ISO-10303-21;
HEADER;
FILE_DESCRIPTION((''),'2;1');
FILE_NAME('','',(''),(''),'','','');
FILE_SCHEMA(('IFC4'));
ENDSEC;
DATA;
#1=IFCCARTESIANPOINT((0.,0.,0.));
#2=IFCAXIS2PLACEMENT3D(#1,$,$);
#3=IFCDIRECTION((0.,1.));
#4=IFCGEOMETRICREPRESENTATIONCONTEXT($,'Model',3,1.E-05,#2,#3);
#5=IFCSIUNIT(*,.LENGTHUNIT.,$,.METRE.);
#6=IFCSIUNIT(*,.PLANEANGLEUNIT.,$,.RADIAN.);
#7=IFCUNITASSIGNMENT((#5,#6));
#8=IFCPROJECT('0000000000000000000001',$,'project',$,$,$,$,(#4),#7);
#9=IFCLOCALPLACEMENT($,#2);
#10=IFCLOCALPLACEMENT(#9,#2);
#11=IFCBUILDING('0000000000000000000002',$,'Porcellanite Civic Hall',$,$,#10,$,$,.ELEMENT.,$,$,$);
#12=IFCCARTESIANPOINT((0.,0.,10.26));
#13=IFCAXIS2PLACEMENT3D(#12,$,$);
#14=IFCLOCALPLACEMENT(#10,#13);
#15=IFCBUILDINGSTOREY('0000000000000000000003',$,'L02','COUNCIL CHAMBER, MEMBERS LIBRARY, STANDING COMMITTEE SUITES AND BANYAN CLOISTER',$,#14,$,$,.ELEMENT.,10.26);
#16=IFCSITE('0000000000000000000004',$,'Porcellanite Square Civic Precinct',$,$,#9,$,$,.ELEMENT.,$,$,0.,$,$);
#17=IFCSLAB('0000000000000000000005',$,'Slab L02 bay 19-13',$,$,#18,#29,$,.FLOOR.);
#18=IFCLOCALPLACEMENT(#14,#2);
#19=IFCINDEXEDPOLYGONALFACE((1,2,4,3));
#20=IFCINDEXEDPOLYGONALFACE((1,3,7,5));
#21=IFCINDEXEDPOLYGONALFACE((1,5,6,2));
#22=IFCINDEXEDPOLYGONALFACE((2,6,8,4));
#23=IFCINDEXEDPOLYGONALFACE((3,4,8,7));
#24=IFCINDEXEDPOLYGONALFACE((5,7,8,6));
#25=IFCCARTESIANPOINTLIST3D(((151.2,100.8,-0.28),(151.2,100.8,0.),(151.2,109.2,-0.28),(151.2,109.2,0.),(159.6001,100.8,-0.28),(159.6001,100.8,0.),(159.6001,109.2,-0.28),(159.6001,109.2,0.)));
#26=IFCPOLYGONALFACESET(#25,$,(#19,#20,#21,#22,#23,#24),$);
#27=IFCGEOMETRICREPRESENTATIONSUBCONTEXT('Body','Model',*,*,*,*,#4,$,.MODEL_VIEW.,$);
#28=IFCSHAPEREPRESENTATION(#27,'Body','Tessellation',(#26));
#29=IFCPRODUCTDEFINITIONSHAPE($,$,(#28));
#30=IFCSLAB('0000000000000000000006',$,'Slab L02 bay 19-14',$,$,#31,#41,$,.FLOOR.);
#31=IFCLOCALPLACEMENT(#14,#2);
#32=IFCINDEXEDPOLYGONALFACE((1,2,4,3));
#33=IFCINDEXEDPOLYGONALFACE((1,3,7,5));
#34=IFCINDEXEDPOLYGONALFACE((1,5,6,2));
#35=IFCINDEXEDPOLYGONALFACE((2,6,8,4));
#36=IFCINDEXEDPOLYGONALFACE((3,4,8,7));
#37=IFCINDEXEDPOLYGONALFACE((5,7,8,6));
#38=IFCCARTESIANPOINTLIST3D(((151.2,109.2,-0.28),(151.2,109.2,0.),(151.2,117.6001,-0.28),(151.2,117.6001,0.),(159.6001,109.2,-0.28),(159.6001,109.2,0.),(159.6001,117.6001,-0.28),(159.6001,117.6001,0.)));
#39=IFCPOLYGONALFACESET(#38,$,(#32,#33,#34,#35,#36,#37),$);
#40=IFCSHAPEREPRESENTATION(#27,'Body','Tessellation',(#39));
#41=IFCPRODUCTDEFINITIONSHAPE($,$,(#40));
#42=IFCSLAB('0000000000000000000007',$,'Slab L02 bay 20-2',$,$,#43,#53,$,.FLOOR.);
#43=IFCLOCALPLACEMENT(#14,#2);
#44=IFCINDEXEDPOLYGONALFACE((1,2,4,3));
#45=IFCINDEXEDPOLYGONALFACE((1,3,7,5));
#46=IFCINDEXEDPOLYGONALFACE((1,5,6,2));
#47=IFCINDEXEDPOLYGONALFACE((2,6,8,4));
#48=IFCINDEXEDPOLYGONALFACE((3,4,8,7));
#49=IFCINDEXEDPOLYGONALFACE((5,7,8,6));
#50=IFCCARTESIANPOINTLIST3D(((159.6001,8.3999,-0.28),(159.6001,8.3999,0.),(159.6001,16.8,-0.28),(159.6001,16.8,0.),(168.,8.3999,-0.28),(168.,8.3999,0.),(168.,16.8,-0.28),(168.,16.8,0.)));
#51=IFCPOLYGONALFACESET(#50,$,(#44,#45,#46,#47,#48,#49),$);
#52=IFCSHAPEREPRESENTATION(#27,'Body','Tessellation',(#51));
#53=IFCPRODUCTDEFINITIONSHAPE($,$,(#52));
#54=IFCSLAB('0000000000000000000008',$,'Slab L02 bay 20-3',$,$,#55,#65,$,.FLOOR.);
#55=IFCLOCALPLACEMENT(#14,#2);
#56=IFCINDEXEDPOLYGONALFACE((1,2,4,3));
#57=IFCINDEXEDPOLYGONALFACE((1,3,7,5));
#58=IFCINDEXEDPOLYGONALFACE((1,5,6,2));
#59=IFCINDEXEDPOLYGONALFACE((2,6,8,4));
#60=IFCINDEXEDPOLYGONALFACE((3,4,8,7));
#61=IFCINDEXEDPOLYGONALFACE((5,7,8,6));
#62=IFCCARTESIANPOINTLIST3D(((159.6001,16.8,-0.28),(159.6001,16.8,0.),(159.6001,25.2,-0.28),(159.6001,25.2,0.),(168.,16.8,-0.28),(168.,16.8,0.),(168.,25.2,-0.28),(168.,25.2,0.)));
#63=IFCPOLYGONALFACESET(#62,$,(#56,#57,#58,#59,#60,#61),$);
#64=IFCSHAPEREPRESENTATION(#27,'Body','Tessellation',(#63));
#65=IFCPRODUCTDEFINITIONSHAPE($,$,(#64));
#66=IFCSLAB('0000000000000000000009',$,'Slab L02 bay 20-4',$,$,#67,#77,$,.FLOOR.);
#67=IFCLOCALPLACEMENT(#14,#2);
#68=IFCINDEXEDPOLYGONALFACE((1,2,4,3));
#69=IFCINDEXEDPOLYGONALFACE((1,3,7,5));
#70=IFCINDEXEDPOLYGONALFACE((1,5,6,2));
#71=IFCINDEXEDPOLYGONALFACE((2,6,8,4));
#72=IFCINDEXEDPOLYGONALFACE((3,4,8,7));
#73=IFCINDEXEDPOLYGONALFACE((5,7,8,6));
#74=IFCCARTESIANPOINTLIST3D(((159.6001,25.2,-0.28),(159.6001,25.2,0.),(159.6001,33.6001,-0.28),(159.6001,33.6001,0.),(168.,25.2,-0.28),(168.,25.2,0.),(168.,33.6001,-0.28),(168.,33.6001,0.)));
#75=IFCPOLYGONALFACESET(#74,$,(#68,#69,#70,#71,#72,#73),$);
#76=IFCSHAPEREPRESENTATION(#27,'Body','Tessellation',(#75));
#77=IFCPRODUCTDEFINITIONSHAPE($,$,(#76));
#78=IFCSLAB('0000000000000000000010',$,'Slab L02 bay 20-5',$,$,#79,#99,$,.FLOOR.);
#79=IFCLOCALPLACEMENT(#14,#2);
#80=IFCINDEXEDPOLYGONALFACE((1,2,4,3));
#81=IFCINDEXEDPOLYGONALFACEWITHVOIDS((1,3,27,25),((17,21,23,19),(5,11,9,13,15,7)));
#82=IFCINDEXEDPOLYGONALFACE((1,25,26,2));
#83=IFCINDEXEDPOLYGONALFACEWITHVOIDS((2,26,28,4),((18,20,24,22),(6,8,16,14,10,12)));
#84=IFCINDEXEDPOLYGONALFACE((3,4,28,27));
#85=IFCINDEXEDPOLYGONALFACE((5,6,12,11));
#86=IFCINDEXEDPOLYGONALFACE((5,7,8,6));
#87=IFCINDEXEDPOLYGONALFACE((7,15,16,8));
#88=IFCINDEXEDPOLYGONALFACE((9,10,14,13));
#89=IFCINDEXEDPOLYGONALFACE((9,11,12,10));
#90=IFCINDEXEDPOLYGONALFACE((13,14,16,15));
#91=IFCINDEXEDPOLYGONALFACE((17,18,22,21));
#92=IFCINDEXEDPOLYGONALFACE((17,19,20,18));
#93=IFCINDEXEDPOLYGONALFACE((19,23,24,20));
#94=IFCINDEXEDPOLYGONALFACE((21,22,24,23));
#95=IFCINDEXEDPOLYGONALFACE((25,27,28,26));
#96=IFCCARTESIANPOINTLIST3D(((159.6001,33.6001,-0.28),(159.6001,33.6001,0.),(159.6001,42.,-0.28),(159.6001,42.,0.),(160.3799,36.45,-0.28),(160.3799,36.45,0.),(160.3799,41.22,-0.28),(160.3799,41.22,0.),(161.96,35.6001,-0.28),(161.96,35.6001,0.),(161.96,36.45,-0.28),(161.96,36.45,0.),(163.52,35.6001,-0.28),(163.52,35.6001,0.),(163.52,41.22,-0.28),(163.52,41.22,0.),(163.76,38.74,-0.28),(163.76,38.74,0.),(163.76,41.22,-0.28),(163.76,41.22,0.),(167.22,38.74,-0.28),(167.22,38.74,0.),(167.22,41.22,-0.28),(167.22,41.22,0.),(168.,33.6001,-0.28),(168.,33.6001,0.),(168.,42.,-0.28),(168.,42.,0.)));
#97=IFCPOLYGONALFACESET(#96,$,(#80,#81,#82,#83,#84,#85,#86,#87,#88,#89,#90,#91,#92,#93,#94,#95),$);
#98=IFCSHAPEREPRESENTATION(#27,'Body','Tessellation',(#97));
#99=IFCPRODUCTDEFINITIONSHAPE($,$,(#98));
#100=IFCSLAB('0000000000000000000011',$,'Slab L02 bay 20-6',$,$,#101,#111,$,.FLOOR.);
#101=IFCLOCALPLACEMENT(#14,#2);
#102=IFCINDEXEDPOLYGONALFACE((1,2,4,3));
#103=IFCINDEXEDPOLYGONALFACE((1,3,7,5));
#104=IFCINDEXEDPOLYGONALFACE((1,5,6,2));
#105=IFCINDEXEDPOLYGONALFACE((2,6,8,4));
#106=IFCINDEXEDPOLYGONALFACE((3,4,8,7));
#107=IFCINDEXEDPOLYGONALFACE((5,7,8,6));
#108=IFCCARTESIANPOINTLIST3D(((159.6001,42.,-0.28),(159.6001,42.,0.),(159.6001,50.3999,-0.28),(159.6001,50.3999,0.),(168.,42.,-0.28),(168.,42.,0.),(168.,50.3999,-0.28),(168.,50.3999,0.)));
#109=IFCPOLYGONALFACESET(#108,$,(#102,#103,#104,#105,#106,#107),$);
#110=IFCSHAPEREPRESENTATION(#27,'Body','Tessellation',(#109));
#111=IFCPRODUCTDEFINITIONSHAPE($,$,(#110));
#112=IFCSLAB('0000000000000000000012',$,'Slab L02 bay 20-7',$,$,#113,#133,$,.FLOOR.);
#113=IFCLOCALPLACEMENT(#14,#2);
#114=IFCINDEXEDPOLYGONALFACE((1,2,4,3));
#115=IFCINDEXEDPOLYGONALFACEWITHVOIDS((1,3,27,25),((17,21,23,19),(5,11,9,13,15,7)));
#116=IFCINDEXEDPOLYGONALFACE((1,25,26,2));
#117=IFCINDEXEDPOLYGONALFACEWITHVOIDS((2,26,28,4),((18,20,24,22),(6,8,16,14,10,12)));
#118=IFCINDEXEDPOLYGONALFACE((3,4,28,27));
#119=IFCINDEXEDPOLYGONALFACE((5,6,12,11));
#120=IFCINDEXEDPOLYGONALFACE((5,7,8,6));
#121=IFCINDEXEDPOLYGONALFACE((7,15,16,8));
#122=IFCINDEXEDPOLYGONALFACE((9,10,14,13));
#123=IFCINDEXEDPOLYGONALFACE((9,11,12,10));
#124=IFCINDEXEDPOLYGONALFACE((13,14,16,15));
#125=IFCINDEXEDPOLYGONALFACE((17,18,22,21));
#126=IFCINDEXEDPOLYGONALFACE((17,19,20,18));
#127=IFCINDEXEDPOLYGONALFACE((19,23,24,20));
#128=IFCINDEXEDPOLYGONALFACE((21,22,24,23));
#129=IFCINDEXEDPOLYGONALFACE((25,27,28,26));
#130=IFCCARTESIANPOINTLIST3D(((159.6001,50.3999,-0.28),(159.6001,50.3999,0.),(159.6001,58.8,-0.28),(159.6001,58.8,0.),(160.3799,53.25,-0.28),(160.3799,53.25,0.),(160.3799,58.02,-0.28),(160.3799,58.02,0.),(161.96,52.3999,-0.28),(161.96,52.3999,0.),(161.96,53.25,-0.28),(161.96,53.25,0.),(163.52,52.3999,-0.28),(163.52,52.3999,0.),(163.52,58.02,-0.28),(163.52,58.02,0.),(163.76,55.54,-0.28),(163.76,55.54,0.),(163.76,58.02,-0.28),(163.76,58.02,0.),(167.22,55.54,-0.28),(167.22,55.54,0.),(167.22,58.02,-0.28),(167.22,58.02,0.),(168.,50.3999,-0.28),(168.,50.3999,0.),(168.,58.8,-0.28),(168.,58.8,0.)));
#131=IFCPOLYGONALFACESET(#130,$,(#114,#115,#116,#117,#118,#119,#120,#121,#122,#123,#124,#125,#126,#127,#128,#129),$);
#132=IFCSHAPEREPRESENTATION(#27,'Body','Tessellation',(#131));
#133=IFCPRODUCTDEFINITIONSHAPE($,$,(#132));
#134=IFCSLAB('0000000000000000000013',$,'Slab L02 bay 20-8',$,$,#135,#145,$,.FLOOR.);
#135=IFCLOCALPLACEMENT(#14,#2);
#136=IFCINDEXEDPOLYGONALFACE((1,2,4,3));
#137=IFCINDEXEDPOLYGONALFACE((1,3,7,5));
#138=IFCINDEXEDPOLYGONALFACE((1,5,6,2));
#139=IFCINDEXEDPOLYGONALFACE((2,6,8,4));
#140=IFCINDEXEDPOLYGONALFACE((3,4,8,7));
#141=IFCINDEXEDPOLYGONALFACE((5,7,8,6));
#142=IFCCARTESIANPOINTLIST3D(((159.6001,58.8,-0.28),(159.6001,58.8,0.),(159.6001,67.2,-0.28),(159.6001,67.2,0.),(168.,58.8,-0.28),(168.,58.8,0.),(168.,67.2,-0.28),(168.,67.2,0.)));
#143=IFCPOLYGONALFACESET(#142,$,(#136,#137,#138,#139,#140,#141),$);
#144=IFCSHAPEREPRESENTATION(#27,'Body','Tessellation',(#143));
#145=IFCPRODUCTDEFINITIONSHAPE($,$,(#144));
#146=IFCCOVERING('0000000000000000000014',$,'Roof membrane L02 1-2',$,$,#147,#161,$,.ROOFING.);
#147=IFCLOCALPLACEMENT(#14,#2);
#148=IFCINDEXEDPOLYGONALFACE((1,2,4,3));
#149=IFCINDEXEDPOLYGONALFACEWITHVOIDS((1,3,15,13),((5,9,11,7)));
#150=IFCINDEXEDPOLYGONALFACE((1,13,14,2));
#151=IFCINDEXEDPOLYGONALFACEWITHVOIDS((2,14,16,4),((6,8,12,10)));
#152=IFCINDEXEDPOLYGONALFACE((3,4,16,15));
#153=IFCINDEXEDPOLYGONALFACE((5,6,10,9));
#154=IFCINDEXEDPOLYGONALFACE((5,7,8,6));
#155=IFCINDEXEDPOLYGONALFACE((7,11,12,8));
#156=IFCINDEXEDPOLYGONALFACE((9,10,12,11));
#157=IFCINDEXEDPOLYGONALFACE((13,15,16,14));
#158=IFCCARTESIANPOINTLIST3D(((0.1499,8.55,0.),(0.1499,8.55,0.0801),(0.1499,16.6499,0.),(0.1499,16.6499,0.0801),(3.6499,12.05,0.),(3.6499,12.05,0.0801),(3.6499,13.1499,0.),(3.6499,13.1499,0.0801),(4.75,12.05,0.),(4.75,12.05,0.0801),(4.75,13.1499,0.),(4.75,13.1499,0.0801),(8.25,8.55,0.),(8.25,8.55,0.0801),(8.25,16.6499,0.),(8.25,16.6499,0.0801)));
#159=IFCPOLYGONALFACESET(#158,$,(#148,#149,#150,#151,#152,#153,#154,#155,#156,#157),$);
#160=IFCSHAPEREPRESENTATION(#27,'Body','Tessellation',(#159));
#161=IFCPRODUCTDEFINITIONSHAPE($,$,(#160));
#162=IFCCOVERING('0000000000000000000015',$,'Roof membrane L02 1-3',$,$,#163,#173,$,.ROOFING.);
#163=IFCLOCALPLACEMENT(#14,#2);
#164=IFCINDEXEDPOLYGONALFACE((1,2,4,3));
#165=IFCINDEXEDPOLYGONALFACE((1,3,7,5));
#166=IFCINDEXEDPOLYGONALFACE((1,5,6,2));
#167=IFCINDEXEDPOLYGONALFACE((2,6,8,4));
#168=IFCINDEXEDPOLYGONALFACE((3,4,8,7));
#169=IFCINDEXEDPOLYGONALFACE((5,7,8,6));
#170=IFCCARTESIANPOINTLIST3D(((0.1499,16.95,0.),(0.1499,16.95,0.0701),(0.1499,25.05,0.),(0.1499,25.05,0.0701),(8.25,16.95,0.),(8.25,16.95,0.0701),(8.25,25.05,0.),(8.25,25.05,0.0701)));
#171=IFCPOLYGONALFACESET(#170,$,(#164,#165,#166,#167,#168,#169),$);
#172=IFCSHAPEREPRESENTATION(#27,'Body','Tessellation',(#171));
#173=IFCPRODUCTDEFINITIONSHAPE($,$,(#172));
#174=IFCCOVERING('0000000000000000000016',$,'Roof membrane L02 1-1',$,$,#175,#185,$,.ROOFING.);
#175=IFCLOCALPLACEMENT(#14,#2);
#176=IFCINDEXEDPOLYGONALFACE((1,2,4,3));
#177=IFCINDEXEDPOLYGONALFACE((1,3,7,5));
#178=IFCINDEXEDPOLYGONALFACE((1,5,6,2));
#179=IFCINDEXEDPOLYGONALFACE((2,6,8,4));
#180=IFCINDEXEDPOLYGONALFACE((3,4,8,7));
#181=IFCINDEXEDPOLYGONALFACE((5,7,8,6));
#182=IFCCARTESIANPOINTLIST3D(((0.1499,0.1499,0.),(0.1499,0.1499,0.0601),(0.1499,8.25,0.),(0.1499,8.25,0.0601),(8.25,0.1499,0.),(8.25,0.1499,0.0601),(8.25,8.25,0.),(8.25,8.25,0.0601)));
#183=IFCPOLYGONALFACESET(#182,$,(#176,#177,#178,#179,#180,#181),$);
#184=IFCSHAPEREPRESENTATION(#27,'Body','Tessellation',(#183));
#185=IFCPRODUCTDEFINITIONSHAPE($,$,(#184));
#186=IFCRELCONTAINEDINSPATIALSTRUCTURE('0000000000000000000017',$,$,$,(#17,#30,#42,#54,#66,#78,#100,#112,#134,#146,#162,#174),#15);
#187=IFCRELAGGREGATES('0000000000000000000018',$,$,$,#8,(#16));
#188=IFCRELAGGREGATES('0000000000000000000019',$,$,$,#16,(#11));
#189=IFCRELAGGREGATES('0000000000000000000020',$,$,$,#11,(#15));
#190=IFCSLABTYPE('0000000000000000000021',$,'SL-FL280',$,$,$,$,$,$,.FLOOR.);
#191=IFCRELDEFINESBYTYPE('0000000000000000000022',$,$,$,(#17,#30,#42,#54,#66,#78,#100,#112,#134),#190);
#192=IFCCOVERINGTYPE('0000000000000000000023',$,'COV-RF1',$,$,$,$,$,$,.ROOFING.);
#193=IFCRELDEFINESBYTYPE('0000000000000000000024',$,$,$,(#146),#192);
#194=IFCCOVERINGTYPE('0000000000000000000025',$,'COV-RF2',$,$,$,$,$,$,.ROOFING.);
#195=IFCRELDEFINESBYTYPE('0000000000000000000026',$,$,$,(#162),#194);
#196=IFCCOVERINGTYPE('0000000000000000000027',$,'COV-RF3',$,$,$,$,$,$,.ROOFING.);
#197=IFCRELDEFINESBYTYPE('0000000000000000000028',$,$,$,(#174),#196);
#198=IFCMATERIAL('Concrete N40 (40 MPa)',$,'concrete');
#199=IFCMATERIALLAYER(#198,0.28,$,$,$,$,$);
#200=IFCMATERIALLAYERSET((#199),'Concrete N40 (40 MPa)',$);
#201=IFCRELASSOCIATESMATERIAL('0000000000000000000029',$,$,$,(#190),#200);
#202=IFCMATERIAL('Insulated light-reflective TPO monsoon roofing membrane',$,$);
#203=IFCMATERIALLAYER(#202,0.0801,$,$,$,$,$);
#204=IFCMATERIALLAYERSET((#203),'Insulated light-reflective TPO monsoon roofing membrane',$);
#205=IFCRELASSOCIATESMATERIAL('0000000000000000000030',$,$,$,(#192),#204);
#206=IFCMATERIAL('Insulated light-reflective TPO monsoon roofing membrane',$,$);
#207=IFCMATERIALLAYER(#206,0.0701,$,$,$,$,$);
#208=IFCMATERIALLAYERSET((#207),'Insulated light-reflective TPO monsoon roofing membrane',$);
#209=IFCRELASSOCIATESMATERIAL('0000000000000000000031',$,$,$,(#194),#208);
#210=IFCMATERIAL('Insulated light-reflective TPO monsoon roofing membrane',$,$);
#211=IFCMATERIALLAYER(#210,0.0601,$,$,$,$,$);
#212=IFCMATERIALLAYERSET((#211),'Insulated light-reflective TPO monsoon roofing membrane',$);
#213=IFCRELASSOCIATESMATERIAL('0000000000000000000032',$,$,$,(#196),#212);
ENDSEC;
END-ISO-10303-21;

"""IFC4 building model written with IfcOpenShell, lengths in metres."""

from ifc_helpers import new_model, si_unit, direction, frame, origin, place, context, subcontext, project, spatial, polyline, outline, extrude, material, layer, layer_set, type_object, element, save


model = new_model("IFC4")

# Units and contexts
model_context = context("Model", 3, precision=1e-05, world=origin(), true_north=direction((0.0, 1.0)))
body_context = subcontext(model_context, "Body", "Model", "MODEL_VIEW")
ifc_project = project(units=[si_unit("LENGTHUNIT", "METRE"), si_unit("PLANEANGLEUNIT", "RADIAN")], contexts=[model_context])

# Site, building, storey
site_placement = place(None, origin())
site = spatial("IfcSite", under=ifc_project, at=site_placement, Name="Porcellanite Square Civic Precinct", CompositionType="ELEMENT", RefElevation=0.0)
building_placement = place(site_placement, origin())
building = spatial("IfcBuilding", under=site, at=building_placement, Name="Porcellanite Civic Hall", CompositionType="ELEMENT")
storey_placement = place(building_placement, frame((0.0, 0.0, 10.26)))
storey = spatial("IfcBuildingStorey", under=building, at=storey_placement, Name="L02", Description="COUNCIL CHAMBER, MEMBERS LIBRARY, STANDING COMMITTEE SUITES AND BANYAN CLOISTER", CompositionType="ELEMENT", Elevation=10.26)

# Slabs
ifc_material_1 = material(Name="Concrete N40 (40 MPa)", Category="concrete")
ifc_layer_1 = layer(ifc_material_1, 0.28)
ifc_layer_set_1 = layer_set([ifc_layer_1], Name="Concrete N40 (40 MPa)")
slab_type = type_object("IfcSlabType", Name="SL-FL280", PredefinedType="FLOOR", material=ifc_layer_set_1)
slab_1_placement = place(storey_placement, frame((0.0, 0.0, -0.28)))
element("IfcSlab", 1, at=slab_1_placement, inside=storey, type_object=slab_type, Name="Slab L02 bay 19-13", PredefinedType="FLOOR", context=body_context, shape_type="SweptSolid", body=[
    extrude(outline(polyline([(151.2, 100.8), (159.6001, 100.8), (159.6001, 109.2), (151.2, 109.2), (151.2, 100.8)])), origin(), (0.0, 0.0, 1.0), 0.28),
])
slab_2_placement = place(storey_placement, frame((0.0, 0.0, -0.28)))
element("IfcSlab", 2, at=slab_2_placement, inside=storey, type_object=slab_type, Name="Slab L02 bay 19-14", PredefinedType="FLOOR", context=body_context, shape_type="SweptSolid", body=[
    extrude(outline(polyline([(151.2, 109.2), (159.6001, 109.2), (159.6001, 117.6001), (151.2, 117.6001), (151.2, 109.2)])), origin(), (0.0, 0.0, 1.0), 0.28),
])
slab_3_placement = place(storey_placement, frame((0.0, 0.0, -0.28)))
element("IfcSlab", 3, at=slab_3_placement, inside=storey, type_object=slab_type, Name="Slab L02 bay 20-2", PredefinedType="FLOOR", context=body_context, shape_type="SweptSolid", body=[
    extrude(outline(polyline([(159.6001, 8.3999), (168.0, 8.3999), (168.0, 16.8), (159.6001, 16.8), (159.6001, 8.3999)])), origin(), (0.0, 0.0, 1.0), 0.28),
])
slab_4_placement = place(storey_placement, frame((0.0, 0.0, -0.28)))
element("IfcSlab", 4, at=slab_4_placement, inside=storey, type_object=slab_type, Name="Slab L02 bay 20-3", PredefinedType="FLOOR", context=body_context, shape_type="SweptSolid", body=[
    extrude(outline(polyline([(159.6001, 16.8), (168.0, 16.8), (168.0, 25.2), (159.6001, 25.2), (159.6001, 16.8)])), origin(), (0.0, 0.0, 1.0), 0.28),
])
slab_5_placement = place(storey_placement, frame((0.0, 0.0, -0.28)))
element("IfcSlab", 5, at=slab_5_placement, inside=storey, type_object=slab_type, Name="Slab L02 bay 20-4", PredefinedType="FLOOR", context=body_context, shape_type="SweptSolid", body=[
    extrude(outline(polyline([(159.6001, 25.2), (168.0, 25.2), (168.0, 33.6001), (159.6001, 33.6001), (159.6001, 25.2)])), origin(), (0.0, 0.0, 1.0), 0.28),
])
slab_6_placement = place(storey_placement, frame((0.0, 0.0, -0.28)))
element("IfcSlab", 6, at=slab_6_placement, inside=storey, type_object=slab_type, Name="Slab L02 bay 20-5", PredefinedType="FLOOR", context=body_context, shape_type="SweptSolid", body=[
    extrude(outline(polyline([(159.6001, 33.6001), (168.0, 33.6001), (168.0, 42.0), (159.6001, 42.0), (159.6001, 33.6001)]), holes=[polyline([(160.3799, 36.45), (161.96, 36.45), (161.96, 35.6001), (163.52, 35.6001), (163.52, 41.22), (160.3799, 41.22), (160.3799, 36.45)]), polyline([(163.76, 38.74), (167.22, 38.74), (167.22, 41.22), (163.76, 41.22), (163.76, 38.74)])]), origin(), (0.0, 0.0, 1.0), 0.28),
])
slab_7_placement = place(storey_placement, frame((0.0, 0.0, -0.28)))
element("IfcSlab", 7, at=slab_7_placement, inside=storey, type_object=slab_type, Name="Slab L02 bay 20-6", PredefinedType="FLOOR", context=body_context, shape_type="SweptSolid", body=[
    extrude(outline(polyline([(159.6001, 42.0), (168.0, 42.0), (168.0, 50.3999), (159.6001, 50.3999), (159.6001, 42.0)])), origin(), (0.0, 0.0, 1.0), 0.28),
])
slab_8_placement = place(storey_placement, frame((0.0, 0.0, -0.28)))
element("IfcSlab", 8, at=slab_8_placement, inside=storey, type_object=slab_type, Name="Slab L02 bay 20-7", PredefinedType="FLOOR", context=body_context, shape_type="SweptSolid", body=[
    extrude(outline(polyline([(159.6001, 50.3999), (168.0, 50.3999), (168.0, 58.8), (159.6001, 58.8), (159.6001, 50.3999)]), holes=[polyline([(160.3799, 53.25), (161.96, 53.25), (161.96, 52.3999), (163.52, 52.3999), (163.52, 58.02), (160.3799, 58.02), (160.3799, 53.25)]), polyline([(163.76, 55.54), (167.22, 55.54), (167.22, 58.02), (163.76, 58.02), (163.76, 55.54)])]), origin(), (0.0, 0.0, 1.0), 0.28),
])
slab_9_placement = place(storey_placement, frame((0.0, 0.0, -0.28)))
element("IfcSlab", 9, at=slab_9_placement, inside=storey, type_object=slab_type, Name="Slab L02 bay 20-8", PredefinedType="FLOOR", context=body_context, shape_type="SweptSolid", body=[
    extrude(outline(polyline([(159.6001, 58.8), (168.0, 58.8), (168.0, 67.2), (159.6001, 67.2), (159.6001, 58.8)])), origin(), (0.0, 0.0, 1.0), 0.28),
])

# Coverings
ifc_material_2 = material(Name="Insulated light-reflective TPO monsoon roofing membrane")
ifc_layer_2 = layer(ifc_material_2, 0.0801)
ifc_layer_set_2 = layer_set([ifc_layer_2], Name="Insulated light-reflective TPO monsoon roofing membrane")
covering_type_1 = type_object("IfcCoveringType", Name="COV-RF1", PredefinedType="ROOFING", material=ifc_layer_set_2)
covering_1_placement = place(storey_placement, origin())
element("IfcCovering", 10, at=covering_1_placement, inside=storey, type_object=covering_type_1, Name="Roof membrane L02 1-2", PredefinedType="ROOFING", context=body_context, shape_type="SweptSolid", body=[
    extrude(outline(polyline([(0.1499, 8.55), (8.25, 8.55), (8.25, 16.6499), (0.1499, 16.6499), (0.1499, 8.55)]), holes=[polyline([(3.6499, 12.05), (4.75, 12.05), (4.75, 13.1499), (3.6499, 13.1499), (3.6499, 12.05)])]), origin(), (0.0, 0.0, 1.0), 0.0801),
])
ifc_material_3 = material(Name="Insulated light-reflective TPO monsoon roofing membrane")
ifc_layer_3 = layer(ifc_material_3, 0.0701)
ifc_layer_set_3 = layer_set([ifc_layer_3], Name="Insulated light-reflective TPO monsoon roofing membrane")
covering_type_2 = type_object("IfcCoveringType", Name="COV-RF2", PredefinedType="ROOFING", material=ifc_layer_set_3)
covering_2_placement = place(storey_placement, origin())
element("IfcCovering", 11, at=covering_2_placement, inside=storey, type_object=covering_type_2, Name="Roof membrane L02 1-3", PredefinedType="ROOFING", context=body_context, shape_type="SweptSolid", body=[
    extrude(outline(polyline([(0.1499, 16.95), (8.25, 16.95), (8.25, 25.05), (0.1499, 25.05), (0.1499, 16.95)])), origin(), (0.0, 0.0, 1.0), 0.0701),
])
ifc_material_4 = material(Name="Insulated light-reflective TPO monsoon roofing membrane")
ifc_layer_4 = layer(ifc_material_4, 0.0601)
ifc_layer_set_4 = layer_set([ifc_layer_4], Name="Insulated light-reflective TPO monsoon roofing membrane")
covering_type_3 = type_object("IfcCoveringType", Name="COV-RF3", PredefinedType="ROOFING", material=ifc_layer_set_4)
covering_3_placement = place(storey_placement, origin())
element("IfcCovering", 12, at=covering_3_placement, inside=storey, type_object=covering_type_3, Name="Roof membrane L02 1-1", PredefinedType="ROOFING", context=body_context, shape_type="SweptSolid", body=[
    extrude(outline(polyline([(0.1499, 0.1499), (8.25, 0.1499), (8.25, 8.25), (0.1499, 8.25), (0.1499, 0.1499)])), origin(), (0.0, 0.0, 1.0), 0.0601),
])

save(model, "model.ifc")
